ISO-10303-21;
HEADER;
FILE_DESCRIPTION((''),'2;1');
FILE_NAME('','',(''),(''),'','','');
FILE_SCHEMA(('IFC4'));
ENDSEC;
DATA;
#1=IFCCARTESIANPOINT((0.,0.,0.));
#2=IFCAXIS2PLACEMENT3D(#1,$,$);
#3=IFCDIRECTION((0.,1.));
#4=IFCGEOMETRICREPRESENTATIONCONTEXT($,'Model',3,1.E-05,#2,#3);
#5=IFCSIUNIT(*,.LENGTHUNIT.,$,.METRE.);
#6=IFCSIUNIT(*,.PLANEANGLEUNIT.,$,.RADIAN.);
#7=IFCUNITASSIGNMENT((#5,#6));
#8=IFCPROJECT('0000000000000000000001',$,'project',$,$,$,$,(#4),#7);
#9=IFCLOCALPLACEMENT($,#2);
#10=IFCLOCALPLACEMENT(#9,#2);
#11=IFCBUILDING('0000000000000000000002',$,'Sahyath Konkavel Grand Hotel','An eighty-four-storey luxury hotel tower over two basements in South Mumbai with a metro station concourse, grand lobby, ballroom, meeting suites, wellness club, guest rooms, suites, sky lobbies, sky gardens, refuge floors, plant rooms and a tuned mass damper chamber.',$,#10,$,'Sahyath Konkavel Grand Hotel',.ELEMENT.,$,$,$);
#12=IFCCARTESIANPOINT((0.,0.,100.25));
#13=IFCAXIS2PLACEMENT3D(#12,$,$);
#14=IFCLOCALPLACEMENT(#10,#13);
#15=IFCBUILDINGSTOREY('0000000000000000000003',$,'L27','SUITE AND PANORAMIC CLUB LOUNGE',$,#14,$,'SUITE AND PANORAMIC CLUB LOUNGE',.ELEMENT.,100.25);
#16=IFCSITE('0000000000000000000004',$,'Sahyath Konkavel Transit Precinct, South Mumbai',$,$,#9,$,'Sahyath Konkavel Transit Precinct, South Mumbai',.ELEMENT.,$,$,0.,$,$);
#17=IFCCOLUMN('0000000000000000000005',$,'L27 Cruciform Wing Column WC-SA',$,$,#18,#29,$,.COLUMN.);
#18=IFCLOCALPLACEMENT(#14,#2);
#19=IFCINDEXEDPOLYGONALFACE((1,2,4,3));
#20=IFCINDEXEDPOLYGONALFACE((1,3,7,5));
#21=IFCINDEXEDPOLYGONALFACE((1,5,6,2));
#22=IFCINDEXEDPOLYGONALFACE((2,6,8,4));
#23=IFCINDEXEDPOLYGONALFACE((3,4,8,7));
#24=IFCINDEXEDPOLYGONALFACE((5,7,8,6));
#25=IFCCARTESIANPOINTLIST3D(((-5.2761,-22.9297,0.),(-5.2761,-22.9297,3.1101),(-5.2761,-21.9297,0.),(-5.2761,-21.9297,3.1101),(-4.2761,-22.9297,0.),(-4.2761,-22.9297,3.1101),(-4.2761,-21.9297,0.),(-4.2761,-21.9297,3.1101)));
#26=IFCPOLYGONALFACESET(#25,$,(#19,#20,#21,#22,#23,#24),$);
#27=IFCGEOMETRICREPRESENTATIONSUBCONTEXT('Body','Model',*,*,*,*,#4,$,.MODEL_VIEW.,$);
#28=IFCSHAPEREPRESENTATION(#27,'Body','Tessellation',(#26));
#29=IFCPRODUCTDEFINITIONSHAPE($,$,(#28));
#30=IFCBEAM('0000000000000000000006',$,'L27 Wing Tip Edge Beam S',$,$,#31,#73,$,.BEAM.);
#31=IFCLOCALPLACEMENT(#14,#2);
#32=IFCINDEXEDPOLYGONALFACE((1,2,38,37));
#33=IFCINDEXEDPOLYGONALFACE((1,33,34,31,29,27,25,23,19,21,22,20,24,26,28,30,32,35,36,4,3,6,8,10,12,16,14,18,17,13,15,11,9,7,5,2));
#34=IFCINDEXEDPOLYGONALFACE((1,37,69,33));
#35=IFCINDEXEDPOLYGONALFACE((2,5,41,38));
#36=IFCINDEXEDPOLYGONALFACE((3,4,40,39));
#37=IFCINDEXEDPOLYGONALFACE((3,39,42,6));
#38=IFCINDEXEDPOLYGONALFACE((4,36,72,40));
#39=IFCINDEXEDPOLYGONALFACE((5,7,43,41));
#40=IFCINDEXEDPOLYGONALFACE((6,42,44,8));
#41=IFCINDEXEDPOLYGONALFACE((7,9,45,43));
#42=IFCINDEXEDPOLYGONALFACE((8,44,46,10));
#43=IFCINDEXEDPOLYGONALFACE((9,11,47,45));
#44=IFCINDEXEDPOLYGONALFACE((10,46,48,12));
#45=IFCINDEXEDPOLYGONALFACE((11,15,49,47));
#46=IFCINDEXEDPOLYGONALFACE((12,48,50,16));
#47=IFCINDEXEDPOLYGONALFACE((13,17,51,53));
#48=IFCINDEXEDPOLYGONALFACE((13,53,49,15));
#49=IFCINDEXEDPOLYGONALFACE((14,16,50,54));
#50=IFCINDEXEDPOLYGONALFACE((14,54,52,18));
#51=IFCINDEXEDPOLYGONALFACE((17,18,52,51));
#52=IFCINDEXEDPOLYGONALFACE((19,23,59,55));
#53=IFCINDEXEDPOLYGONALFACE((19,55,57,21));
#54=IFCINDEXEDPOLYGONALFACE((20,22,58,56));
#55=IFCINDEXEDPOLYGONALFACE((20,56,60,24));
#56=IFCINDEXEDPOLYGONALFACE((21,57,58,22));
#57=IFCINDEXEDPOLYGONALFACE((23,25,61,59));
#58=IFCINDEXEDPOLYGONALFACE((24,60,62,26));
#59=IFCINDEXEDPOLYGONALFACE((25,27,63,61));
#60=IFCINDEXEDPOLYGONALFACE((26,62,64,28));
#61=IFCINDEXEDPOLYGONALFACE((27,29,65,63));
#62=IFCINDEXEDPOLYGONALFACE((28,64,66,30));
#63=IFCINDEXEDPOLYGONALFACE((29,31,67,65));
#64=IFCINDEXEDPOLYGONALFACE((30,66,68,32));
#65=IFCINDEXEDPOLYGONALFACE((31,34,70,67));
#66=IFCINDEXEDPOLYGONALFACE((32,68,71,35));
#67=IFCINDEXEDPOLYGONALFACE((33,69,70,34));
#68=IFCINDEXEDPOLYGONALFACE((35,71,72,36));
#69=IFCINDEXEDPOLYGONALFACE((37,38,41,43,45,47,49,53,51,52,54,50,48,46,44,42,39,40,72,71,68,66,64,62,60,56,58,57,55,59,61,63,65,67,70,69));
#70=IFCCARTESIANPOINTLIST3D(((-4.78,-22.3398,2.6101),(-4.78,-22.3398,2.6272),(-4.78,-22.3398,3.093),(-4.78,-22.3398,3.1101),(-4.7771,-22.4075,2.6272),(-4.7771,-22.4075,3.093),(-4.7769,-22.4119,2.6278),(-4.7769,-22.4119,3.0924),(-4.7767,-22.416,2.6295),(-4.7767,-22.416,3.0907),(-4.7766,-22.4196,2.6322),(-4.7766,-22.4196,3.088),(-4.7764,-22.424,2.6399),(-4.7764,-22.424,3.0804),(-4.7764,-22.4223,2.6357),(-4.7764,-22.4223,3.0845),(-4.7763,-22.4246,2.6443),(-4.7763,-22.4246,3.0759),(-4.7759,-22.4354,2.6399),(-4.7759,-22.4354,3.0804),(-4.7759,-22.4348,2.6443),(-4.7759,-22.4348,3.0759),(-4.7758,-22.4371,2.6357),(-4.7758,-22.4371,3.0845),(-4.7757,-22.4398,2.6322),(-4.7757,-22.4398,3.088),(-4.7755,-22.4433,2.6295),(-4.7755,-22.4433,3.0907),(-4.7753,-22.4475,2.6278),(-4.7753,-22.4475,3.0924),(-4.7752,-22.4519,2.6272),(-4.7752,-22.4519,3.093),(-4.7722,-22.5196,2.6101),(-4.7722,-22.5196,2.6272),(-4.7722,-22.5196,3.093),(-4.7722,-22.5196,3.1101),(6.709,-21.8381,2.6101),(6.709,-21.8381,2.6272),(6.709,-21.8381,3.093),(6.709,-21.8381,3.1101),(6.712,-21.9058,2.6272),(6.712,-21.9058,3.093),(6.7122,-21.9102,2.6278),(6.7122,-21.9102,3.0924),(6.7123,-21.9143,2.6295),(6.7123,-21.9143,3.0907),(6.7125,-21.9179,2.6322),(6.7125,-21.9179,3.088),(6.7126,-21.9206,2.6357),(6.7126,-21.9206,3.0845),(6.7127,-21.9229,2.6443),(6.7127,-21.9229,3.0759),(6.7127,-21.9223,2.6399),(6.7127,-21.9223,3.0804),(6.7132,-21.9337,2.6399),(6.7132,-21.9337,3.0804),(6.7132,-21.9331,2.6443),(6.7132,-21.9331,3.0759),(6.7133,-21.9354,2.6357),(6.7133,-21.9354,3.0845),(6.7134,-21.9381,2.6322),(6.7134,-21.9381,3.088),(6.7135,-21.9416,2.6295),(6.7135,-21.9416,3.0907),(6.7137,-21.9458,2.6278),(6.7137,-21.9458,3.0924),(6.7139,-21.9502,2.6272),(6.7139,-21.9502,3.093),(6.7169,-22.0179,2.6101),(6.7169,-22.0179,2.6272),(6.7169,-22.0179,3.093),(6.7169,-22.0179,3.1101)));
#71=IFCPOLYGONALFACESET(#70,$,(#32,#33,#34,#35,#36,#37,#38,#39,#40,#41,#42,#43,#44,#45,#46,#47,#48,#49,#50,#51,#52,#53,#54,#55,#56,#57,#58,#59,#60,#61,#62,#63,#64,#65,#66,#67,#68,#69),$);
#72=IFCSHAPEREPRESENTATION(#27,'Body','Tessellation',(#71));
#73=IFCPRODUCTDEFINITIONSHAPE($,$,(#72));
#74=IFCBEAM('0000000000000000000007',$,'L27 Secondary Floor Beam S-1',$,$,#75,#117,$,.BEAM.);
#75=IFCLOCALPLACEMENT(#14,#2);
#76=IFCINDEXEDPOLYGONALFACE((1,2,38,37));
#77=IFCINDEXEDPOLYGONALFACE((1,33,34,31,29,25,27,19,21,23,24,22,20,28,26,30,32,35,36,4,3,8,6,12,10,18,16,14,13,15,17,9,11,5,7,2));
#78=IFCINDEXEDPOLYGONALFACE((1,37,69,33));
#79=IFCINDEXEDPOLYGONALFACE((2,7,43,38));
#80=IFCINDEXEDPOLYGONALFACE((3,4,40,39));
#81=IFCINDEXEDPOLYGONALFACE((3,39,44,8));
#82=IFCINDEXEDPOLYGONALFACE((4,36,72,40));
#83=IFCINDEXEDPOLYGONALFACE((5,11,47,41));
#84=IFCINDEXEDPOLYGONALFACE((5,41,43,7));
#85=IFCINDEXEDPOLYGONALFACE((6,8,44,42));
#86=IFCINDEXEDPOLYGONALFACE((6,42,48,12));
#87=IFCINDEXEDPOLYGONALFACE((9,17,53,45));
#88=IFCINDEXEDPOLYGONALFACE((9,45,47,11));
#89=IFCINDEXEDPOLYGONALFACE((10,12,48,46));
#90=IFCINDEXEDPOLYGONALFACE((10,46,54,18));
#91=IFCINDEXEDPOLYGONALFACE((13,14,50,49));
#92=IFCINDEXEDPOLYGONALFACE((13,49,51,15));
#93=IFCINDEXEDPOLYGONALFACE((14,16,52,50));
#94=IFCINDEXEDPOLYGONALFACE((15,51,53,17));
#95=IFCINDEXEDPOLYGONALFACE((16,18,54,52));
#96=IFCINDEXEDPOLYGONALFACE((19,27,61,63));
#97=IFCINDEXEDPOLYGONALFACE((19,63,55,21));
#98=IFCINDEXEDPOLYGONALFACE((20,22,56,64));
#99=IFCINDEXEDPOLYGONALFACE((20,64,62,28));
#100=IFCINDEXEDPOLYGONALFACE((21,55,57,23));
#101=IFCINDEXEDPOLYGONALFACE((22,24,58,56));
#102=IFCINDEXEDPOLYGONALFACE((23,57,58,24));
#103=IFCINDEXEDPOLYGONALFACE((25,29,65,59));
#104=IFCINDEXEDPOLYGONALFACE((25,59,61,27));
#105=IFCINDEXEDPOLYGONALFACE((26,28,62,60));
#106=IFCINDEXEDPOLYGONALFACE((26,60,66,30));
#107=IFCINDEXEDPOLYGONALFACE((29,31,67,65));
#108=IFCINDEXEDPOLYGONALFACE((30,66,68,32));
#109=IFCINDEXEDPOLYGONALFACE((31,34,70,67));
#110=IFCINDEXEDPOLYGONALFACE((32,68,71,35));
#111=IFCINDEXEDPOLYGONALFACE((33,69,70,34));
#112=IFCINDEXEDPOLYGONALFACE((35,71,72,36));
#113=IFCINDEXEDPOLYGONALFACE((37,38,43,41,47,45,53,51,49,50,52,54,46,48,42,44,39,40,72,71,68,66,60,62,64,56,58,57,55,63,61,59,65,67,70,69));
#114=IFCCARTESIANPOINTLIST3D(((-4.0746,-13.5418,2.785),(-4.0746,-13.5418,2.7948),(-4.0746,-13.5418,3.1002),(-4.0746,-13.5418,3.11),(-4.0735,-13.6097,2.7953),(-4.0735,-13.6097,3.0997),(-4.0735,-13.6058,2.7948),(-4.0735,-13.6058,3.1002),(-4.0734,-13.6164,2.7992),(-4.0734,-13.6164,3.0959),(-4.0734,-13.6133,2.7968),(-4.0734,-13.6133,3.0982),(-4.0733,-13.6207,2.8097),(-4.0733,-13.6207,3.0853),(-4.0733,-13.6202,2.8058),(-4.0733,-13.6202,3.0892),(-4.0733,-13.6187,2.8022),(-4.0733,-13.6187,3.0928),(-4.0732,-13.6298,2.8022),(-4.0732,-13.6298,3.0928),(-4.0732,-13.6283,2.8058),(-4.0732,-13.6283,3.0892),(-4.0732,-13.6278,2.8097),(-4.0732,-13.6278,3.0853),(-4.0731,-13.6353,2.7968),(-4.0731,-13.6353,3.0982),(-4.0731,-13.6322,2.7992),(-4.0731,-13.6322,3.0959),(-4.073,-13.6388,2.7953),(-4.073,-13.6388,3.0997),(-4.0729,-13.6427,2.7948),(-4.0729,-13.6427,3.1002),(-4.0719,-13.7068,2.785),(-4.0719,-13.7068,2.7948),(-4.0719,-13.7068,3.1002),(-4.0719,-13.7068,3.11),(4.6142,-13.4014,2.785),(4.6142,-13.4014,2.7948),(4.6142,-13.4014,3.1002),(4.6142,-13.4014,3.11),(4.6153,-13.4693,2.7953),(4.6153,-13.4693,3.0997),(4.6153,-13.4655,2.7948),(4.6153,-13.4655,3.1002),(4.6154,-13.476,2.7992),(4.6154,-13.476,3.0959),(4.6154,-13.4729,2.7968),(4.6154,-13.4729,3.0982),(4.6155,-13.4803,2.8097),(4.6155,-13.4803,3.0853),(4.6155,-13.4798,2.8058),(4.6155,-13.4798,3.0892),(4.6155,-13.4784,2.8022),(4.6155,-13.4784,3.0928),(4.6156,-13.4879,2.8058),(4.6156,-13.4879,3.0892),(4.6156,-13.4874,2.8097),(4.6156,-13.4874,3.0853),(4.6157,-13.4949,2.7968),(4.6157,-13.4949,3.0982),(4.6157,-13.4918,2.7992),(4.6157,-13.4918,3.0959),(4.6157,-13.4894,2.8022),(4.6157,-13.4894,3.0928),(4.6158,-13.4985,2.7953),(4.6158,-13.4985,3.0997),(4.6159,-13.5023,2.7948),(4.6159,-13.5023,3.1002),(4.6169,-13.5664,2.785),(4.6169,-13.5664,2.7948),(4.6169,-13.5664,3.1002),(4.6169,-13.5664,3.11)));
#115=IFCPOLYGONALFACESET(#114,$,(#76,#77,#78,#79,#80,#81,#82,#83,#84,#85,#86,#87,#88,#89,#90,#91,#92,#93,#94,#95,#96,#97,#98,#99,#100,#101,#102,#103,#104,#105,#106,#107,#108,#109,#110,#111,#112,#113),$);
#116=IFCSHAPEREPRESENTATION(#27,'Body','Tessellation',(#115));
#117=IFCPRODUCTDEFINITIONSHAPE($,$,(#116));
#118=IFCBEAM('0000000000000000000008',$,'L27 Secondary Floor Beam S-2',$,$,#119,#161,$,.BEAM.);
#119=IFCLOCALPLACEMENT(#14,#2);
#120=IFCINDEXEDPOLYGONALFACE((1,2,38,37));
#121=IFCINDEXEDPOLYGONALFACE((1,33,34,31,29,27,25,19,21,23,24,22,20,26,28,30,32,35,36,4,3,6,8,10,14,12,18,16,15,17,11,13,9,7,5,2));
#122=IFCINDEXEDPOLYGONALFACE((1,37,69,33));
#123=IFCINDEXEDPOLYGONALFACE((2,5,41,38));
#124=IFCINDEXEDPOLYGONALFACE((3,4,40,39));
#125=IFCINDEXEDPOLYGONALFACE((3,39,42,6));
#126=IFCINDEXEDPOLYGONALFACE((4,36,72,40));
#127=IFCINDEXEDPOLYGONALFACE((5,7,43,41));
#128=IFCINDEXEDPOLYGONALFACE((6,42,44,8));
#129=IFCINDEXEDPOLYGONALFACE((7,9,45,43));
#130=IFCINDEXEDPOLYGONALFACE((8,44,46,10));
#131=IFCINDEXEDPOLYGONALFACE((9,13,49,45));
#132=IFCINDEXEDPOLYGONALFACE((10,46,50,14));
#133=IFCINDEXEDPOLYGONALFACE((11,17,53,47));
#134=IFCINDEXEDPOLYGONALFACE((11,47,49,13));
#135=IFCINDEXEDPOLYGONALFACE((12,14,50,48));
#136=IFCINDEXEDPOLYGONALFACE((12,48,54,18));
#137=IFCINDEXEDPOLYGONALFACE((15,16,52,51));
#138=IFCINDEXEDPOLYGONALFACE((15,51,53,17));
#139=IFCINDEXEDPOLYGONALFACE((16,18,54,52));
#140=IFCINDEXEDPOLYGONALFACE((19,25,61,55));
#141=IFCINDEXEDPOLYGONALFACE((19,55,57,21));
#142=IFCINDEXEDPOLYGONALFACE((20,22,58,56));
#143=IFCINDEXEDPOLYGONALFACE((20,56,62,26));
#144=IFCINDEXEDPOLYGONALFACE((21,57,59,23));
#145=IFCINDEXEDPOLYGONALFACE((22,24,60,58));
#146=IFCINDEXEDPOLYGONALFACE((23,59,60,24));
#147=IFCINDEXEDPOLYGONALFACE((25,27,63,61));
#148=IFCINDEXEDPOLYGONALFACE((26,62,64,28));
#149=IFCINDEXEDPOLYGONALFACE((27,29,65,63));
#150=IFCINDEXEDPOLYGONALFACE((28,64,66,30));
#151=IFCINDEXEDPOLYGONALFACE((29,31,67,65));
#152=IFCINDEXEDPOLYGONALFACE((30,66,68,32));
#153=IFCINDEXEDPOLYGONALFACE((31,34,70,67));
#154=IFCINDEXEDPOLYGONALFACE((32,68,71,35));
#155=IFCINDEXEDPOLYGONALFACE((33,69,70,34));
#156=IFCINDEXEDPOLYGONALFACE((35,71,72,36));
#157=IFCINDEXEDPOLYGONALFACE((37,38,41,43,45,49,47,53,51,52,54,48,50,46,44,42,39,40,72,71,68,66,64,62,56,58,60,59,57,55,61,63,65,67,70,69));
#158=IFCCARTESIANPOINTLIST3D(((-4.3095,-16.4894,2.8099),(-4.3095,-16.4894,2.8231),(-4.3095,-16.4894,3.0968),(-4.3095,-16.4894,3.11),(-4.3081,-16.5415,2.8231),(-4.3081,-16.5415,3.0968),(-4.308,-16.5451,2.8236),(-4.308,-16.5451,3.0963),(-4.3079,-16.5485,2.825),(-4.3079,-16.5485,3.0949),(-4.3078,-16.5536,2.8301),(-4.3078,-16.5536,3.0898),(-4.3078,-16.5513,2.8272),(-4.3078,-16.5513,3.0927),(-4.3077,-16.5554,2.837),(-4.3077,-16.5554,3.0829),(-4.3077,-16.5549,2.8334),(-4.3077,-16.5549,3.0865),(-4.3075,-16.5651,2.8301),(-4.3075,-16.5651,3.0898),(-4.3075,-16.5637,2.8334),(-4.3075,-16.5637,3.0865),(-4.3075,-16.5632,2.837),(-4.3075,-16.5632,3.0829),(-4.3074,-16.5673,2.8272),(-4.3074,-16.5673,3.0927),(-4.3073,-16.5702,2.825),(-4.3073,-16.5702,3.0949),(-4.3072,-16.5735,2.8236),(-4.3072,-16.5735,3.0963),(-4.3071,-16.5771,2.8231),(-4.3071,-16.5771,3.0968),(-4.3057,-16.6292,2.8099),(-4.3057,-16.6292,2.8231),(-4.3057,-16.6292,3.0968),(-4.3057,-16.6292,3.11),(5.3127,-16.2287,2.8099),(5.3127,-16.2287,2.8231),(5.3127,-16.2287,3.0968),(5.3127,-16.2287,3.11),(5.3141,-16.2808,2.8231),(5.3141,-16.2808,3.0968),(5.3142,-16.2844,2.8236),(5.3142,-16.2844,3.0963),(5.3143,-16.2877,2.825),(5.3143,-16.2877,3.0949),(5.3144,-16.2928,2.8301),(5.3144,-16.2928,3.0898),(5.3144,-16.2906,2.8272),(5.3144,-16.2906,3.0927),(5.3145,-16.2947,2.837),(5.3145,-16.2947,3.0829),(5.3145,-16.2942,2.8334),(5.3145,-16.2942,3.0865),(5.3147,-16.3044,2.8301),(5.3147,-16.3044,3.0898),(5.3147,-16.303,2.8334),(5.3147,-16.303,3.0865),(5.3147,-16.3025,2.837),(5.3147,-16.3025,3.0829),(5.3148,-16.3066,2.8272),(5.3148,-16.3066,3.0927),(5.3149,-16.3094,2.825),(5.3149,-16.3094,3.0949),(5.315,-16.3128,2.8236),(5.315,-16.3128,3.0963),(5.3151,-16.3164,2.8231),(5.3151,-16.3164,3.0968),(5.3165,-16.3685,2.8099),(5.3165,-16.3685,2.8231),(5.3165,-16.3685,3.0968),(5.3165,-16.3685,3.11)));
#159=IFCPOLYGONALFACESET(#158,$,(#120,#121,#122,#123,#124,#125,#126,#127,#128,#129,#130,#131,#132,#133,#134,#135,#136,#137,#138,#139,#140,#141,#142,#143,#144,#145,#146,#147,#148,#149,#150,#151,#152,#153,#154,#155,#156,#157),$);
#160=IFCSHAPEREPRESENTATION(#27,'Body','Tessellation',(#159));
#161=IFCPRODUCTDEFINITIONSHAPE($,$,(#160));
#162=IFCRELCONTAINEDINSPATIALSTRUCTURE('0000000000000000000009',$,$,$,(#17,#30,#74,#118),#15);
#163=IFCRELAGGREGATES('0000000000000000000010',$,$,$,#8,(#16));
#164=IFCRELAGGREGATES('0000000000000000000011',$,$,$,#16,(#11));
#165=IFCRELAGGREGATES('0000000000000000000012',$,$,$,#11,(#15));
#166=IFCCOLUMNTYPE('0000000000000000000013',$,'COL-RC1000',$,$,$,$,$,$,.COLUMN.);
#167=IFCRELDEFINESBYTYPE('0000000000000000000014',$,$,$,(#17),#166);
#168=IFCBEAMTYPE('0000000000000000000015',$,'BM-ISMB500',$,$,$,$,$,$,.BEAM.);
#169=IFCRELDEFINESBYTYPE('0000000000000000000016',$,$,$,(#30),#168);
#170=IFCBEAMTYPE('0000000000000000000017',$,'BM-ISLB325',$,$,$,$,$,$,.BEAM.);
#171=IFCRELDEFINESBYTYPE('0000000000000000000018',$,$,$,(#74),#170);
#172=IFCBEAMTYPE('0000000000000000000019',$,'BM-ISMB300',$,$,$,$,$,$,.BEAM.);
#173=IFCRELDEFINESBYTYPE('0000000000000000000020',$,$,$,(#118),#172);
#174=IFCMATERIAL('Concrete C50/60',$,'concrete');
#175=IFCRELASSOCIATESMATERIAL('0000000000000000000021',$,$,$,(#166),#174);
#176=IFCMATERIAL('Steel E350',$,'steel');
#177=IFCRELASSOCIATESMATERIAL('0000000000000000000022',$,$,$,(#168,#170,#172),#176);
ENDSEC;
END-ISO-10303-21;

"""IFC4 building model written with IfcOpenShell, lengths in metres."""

from ifc_helpers import new_model, si_unit, direction, frame, origin, origin_2d, place, context, subcontext, project, spatial, rectangle, i_section, extrude, source, transform, mapped, material, material_profile, profile_set, type_object, element, save


model = new_model("IFC4")

# Units and contexts
model_context = context("Model", 3, precision=1e-05, world=origin(), true_north=direction((0.0, 1.0)))
body_context = subcontext(model_context, "Body", "Model", "MODEL_VIEW")
ifc_project = project(units=[si_unit("LENGTHUNIT", "METRE"), si_unit("PLANEANGLEUNIT", "RADIAN")], contexts=[model_context])

# Site, building, storey
site_placement = place(None, origin())
site = spatial("IfcSite", under=ifc_project, at=site_placement, Name="Sahyath Konkavel Transit Precinct, South Mumbai", LongName="Sahyath Konkavel Transit Precinct, South Mumbai", CompositionType="ELEMENT", RefElevation=0.0)
building_placement = place(site_placement, origin())
building = spatial("IfcBuilding", under=site, at=building_placement, Name="Sahyath Konkavel Grand Hotel", Description="An eighty-four-storey luxury hotel tower over two basements in South Mumbai with a metro station concourse, grand lobby, ballroom, meeting suites, wellness club, guest rooms, suites, sky lobbies, sky gardens, refuge floors, plant rooms and a tuned mass damper chamber.", LongName="Sahyath Konkavel Grand Hotel", CompositionType="ELEMENT")
storey_placement = place(building_placement, frame((0.0, 0.0, 100.25)))
storey = spatial("IfcBuildingStorey", under=building, at=storey_placement, Name="L27", Description="SUITE AND PANORAMIC CLUB LOUNGE", LongName="SUITE AND PANORAMIC CLUB LOUNGE", CompositionType="ELEMENT", Elevation=100.25)

# Column
ifc_material_1 = material(Name="Concrete C50/60", Category="concrete")
ifc_material_profile_1 = material_profile(ifc_material_1, rectangle(XDim=1.0, YDim=1.0, at=origin_2d()), Name="RC 1000x1000")
ifc_profile_set_1 = profile_set([ifc_material_profile_1], Name="Concrete C50/60")
column_type = type_object("IfcColumnType", Name="COL-RC1000", PredefinedType="COLUMN", material=ifc_profile_set_1)
shared_shape_1 = source(origin(), body_context, "Body", "SweptSolid", [
    extrude(rectangle(XDim=1.0, YDim=1.0, at=origin_2d()), origin(), (0.0, 0.0, 1.0), 3.1101),
])
column_placement = place(storey_placement, frame((-4.7761, -22.4297, 0.0), z_axis=(0.0, 0.0, 1.0), x_axis=(1.0, 0.0, 0.0)))
element("IfcColumn", 1, at=column_placement, inside=storey, type_object=column_type, Name="L27 Cruciform Wing Column WC-SA", PredefinedType="COLUMN", context=body_context, shape_type="MappedRepresentation", body=[
    mapped(shared_shape_1, transform((0.0, 0.0, 0.0), scale=1.0)),
])

# Beams
ifc_material_2 = material(Name="Steel E350", Category="steel")
ifc_material_profile_2 = material_profile(ifc_material_2, i_section(OverallWidth=0.1799, OverallDepth=0.5, WebThickness=0.0103, FlangeThickness=0.0171, FilletRadius=0.0171, at=origin_2d()), Name="ISMB 500")
ifc_profile_set_2 = profile_set([ifc_material_profile_2], Name="Steel E350")
beam_type_1 = type_object("IfcBeamType", Name="BM-ISMB500", PredefinedType="BEAM", material=ifc_profile_set_2)
shared_shape_2 = source(origin(), body_context, "Body", "SweptSolid", [
    extrude(i_section(OverallWidth=0.1799, OverallDepth=0.5, WebThickness=0.0103, FlangeThickness=0.0171, FilletRadius=0.0171, at=origin_2d()), origin(), (0.0, 0.0, 1.0), 11.5),
])
beam_1_placement = place(storey_placement, frame((-4.7761, -22.4297, 2.8601), z_axis=(0.999048, 0.043627, 0.0), x_axis=(-0.043627, 0.999048, 0.0)))
element("IfcBeam", 2, at=beam_1_placement, inside=storey, type_object=beam_type_1, Name="L27 Wing Tip Edge Beam S", PredefinedType="BEAM", context=body_context, shape_type="MappedRepresentation", body=[
    mapped(shared_shape_2, transform((0.0, 0.0, 0.0), scale=1.0)),
])
ifc_material_profile_3 = material_profile(ifc_material_2, i_section(OverallWidth=0.165, OverallDepth=0.325, WebThickness=0.0071, FlangeThickness=0.0098, FilletRadius=0.0149, at=origin_2d()), Name="ISLB 325")
ifc_profile_set_3 = profile_set([ifc_material_profile_3], Name="Steel E350")
beam_type_2 = type_object("IfcBeamType", Name="BM-ISLB325", PredefinedType="BEAM", material=ifc_profile_set_3)
shared_shape_3 = source(origin(), body_context, "Body", "SweptSolid", [
    extrude(i_section(OverallWidth=0.165, OverallDepth=0.325, WebThickness=0.0071, FlangeThickness=0.0098, FilletRadius=0.0149, at=origin_2d()), origin(), (0.0, 0.0, 1.0), 8.6899),
])
beam_2_placement = place(storey_placement, frame((-4.0732, -13.6243, 2.9475), z_axis=(0.99987, 0.016155, 0.0), x_axis=(-0.016155, 0.99987, 0.0)))
element("IfcBeam", 3, at=beam_2_placement, inside=storey, type_object=beam_type_2, Name="L27 Secondary Floor Beam S-1", PredefinedType="BEAM", context=body_context, shape_type="MappedRepresentation", body=[
    mapped(shared_shape_3, transform((0.0, 0.0, 0.0), scale=1.0)),
])
ifc_material_profile_4 = material_profile(ifc_material_2, i_section(OverallWidth=0.1399, OverallDepth=0.3, WebThickness=0.0078, FlangeThickness=0.0132, FilletRadius=0.0139, at=origin_2d()), Name="ISMB 300")
ifc_profile_set_4 = profile_set([ifc_material_profile_4], Name="Steel E350")
beam_type_3 = type_object("IfcBeamType", Name="BM-ISMB300", PredefinedType="BEAM", material=ifc_profile_set_4)
shared_shape_4 = source(origin(), body_context, "Body", "SweptSolid", [
    extrude(i_section(OverallWidth=0.1399, OverallDepth=0.3, WebThickness=0.0078, FlangeThickness=0.0132, FilletRadius=0.0139, at=origin_2d()), origin(), (0.0, 0.0, 1.0), 9.6257),
])
beam_3_placement = place(storey_placement, frame((-4.3076, -16.5593, 2.96), z_axis=(0.999633, 0.027088, 0.0), x_axis=(-0.027088, 0.999633, 0.0)))
element("IfcBeam", 4, at=beam_3_placement, inside=storey, type_object=beam_type_3, Name="L27 Secondary Floor Beam S-2", PredefinedType="BEAM", context=body_context, shape_type="MappedRepresentation", body=[
    mapped(shared_shape_4, transform((0.0, 0.0, 0.0), scale=1.0)),
])

save(model, "model.ifc")
